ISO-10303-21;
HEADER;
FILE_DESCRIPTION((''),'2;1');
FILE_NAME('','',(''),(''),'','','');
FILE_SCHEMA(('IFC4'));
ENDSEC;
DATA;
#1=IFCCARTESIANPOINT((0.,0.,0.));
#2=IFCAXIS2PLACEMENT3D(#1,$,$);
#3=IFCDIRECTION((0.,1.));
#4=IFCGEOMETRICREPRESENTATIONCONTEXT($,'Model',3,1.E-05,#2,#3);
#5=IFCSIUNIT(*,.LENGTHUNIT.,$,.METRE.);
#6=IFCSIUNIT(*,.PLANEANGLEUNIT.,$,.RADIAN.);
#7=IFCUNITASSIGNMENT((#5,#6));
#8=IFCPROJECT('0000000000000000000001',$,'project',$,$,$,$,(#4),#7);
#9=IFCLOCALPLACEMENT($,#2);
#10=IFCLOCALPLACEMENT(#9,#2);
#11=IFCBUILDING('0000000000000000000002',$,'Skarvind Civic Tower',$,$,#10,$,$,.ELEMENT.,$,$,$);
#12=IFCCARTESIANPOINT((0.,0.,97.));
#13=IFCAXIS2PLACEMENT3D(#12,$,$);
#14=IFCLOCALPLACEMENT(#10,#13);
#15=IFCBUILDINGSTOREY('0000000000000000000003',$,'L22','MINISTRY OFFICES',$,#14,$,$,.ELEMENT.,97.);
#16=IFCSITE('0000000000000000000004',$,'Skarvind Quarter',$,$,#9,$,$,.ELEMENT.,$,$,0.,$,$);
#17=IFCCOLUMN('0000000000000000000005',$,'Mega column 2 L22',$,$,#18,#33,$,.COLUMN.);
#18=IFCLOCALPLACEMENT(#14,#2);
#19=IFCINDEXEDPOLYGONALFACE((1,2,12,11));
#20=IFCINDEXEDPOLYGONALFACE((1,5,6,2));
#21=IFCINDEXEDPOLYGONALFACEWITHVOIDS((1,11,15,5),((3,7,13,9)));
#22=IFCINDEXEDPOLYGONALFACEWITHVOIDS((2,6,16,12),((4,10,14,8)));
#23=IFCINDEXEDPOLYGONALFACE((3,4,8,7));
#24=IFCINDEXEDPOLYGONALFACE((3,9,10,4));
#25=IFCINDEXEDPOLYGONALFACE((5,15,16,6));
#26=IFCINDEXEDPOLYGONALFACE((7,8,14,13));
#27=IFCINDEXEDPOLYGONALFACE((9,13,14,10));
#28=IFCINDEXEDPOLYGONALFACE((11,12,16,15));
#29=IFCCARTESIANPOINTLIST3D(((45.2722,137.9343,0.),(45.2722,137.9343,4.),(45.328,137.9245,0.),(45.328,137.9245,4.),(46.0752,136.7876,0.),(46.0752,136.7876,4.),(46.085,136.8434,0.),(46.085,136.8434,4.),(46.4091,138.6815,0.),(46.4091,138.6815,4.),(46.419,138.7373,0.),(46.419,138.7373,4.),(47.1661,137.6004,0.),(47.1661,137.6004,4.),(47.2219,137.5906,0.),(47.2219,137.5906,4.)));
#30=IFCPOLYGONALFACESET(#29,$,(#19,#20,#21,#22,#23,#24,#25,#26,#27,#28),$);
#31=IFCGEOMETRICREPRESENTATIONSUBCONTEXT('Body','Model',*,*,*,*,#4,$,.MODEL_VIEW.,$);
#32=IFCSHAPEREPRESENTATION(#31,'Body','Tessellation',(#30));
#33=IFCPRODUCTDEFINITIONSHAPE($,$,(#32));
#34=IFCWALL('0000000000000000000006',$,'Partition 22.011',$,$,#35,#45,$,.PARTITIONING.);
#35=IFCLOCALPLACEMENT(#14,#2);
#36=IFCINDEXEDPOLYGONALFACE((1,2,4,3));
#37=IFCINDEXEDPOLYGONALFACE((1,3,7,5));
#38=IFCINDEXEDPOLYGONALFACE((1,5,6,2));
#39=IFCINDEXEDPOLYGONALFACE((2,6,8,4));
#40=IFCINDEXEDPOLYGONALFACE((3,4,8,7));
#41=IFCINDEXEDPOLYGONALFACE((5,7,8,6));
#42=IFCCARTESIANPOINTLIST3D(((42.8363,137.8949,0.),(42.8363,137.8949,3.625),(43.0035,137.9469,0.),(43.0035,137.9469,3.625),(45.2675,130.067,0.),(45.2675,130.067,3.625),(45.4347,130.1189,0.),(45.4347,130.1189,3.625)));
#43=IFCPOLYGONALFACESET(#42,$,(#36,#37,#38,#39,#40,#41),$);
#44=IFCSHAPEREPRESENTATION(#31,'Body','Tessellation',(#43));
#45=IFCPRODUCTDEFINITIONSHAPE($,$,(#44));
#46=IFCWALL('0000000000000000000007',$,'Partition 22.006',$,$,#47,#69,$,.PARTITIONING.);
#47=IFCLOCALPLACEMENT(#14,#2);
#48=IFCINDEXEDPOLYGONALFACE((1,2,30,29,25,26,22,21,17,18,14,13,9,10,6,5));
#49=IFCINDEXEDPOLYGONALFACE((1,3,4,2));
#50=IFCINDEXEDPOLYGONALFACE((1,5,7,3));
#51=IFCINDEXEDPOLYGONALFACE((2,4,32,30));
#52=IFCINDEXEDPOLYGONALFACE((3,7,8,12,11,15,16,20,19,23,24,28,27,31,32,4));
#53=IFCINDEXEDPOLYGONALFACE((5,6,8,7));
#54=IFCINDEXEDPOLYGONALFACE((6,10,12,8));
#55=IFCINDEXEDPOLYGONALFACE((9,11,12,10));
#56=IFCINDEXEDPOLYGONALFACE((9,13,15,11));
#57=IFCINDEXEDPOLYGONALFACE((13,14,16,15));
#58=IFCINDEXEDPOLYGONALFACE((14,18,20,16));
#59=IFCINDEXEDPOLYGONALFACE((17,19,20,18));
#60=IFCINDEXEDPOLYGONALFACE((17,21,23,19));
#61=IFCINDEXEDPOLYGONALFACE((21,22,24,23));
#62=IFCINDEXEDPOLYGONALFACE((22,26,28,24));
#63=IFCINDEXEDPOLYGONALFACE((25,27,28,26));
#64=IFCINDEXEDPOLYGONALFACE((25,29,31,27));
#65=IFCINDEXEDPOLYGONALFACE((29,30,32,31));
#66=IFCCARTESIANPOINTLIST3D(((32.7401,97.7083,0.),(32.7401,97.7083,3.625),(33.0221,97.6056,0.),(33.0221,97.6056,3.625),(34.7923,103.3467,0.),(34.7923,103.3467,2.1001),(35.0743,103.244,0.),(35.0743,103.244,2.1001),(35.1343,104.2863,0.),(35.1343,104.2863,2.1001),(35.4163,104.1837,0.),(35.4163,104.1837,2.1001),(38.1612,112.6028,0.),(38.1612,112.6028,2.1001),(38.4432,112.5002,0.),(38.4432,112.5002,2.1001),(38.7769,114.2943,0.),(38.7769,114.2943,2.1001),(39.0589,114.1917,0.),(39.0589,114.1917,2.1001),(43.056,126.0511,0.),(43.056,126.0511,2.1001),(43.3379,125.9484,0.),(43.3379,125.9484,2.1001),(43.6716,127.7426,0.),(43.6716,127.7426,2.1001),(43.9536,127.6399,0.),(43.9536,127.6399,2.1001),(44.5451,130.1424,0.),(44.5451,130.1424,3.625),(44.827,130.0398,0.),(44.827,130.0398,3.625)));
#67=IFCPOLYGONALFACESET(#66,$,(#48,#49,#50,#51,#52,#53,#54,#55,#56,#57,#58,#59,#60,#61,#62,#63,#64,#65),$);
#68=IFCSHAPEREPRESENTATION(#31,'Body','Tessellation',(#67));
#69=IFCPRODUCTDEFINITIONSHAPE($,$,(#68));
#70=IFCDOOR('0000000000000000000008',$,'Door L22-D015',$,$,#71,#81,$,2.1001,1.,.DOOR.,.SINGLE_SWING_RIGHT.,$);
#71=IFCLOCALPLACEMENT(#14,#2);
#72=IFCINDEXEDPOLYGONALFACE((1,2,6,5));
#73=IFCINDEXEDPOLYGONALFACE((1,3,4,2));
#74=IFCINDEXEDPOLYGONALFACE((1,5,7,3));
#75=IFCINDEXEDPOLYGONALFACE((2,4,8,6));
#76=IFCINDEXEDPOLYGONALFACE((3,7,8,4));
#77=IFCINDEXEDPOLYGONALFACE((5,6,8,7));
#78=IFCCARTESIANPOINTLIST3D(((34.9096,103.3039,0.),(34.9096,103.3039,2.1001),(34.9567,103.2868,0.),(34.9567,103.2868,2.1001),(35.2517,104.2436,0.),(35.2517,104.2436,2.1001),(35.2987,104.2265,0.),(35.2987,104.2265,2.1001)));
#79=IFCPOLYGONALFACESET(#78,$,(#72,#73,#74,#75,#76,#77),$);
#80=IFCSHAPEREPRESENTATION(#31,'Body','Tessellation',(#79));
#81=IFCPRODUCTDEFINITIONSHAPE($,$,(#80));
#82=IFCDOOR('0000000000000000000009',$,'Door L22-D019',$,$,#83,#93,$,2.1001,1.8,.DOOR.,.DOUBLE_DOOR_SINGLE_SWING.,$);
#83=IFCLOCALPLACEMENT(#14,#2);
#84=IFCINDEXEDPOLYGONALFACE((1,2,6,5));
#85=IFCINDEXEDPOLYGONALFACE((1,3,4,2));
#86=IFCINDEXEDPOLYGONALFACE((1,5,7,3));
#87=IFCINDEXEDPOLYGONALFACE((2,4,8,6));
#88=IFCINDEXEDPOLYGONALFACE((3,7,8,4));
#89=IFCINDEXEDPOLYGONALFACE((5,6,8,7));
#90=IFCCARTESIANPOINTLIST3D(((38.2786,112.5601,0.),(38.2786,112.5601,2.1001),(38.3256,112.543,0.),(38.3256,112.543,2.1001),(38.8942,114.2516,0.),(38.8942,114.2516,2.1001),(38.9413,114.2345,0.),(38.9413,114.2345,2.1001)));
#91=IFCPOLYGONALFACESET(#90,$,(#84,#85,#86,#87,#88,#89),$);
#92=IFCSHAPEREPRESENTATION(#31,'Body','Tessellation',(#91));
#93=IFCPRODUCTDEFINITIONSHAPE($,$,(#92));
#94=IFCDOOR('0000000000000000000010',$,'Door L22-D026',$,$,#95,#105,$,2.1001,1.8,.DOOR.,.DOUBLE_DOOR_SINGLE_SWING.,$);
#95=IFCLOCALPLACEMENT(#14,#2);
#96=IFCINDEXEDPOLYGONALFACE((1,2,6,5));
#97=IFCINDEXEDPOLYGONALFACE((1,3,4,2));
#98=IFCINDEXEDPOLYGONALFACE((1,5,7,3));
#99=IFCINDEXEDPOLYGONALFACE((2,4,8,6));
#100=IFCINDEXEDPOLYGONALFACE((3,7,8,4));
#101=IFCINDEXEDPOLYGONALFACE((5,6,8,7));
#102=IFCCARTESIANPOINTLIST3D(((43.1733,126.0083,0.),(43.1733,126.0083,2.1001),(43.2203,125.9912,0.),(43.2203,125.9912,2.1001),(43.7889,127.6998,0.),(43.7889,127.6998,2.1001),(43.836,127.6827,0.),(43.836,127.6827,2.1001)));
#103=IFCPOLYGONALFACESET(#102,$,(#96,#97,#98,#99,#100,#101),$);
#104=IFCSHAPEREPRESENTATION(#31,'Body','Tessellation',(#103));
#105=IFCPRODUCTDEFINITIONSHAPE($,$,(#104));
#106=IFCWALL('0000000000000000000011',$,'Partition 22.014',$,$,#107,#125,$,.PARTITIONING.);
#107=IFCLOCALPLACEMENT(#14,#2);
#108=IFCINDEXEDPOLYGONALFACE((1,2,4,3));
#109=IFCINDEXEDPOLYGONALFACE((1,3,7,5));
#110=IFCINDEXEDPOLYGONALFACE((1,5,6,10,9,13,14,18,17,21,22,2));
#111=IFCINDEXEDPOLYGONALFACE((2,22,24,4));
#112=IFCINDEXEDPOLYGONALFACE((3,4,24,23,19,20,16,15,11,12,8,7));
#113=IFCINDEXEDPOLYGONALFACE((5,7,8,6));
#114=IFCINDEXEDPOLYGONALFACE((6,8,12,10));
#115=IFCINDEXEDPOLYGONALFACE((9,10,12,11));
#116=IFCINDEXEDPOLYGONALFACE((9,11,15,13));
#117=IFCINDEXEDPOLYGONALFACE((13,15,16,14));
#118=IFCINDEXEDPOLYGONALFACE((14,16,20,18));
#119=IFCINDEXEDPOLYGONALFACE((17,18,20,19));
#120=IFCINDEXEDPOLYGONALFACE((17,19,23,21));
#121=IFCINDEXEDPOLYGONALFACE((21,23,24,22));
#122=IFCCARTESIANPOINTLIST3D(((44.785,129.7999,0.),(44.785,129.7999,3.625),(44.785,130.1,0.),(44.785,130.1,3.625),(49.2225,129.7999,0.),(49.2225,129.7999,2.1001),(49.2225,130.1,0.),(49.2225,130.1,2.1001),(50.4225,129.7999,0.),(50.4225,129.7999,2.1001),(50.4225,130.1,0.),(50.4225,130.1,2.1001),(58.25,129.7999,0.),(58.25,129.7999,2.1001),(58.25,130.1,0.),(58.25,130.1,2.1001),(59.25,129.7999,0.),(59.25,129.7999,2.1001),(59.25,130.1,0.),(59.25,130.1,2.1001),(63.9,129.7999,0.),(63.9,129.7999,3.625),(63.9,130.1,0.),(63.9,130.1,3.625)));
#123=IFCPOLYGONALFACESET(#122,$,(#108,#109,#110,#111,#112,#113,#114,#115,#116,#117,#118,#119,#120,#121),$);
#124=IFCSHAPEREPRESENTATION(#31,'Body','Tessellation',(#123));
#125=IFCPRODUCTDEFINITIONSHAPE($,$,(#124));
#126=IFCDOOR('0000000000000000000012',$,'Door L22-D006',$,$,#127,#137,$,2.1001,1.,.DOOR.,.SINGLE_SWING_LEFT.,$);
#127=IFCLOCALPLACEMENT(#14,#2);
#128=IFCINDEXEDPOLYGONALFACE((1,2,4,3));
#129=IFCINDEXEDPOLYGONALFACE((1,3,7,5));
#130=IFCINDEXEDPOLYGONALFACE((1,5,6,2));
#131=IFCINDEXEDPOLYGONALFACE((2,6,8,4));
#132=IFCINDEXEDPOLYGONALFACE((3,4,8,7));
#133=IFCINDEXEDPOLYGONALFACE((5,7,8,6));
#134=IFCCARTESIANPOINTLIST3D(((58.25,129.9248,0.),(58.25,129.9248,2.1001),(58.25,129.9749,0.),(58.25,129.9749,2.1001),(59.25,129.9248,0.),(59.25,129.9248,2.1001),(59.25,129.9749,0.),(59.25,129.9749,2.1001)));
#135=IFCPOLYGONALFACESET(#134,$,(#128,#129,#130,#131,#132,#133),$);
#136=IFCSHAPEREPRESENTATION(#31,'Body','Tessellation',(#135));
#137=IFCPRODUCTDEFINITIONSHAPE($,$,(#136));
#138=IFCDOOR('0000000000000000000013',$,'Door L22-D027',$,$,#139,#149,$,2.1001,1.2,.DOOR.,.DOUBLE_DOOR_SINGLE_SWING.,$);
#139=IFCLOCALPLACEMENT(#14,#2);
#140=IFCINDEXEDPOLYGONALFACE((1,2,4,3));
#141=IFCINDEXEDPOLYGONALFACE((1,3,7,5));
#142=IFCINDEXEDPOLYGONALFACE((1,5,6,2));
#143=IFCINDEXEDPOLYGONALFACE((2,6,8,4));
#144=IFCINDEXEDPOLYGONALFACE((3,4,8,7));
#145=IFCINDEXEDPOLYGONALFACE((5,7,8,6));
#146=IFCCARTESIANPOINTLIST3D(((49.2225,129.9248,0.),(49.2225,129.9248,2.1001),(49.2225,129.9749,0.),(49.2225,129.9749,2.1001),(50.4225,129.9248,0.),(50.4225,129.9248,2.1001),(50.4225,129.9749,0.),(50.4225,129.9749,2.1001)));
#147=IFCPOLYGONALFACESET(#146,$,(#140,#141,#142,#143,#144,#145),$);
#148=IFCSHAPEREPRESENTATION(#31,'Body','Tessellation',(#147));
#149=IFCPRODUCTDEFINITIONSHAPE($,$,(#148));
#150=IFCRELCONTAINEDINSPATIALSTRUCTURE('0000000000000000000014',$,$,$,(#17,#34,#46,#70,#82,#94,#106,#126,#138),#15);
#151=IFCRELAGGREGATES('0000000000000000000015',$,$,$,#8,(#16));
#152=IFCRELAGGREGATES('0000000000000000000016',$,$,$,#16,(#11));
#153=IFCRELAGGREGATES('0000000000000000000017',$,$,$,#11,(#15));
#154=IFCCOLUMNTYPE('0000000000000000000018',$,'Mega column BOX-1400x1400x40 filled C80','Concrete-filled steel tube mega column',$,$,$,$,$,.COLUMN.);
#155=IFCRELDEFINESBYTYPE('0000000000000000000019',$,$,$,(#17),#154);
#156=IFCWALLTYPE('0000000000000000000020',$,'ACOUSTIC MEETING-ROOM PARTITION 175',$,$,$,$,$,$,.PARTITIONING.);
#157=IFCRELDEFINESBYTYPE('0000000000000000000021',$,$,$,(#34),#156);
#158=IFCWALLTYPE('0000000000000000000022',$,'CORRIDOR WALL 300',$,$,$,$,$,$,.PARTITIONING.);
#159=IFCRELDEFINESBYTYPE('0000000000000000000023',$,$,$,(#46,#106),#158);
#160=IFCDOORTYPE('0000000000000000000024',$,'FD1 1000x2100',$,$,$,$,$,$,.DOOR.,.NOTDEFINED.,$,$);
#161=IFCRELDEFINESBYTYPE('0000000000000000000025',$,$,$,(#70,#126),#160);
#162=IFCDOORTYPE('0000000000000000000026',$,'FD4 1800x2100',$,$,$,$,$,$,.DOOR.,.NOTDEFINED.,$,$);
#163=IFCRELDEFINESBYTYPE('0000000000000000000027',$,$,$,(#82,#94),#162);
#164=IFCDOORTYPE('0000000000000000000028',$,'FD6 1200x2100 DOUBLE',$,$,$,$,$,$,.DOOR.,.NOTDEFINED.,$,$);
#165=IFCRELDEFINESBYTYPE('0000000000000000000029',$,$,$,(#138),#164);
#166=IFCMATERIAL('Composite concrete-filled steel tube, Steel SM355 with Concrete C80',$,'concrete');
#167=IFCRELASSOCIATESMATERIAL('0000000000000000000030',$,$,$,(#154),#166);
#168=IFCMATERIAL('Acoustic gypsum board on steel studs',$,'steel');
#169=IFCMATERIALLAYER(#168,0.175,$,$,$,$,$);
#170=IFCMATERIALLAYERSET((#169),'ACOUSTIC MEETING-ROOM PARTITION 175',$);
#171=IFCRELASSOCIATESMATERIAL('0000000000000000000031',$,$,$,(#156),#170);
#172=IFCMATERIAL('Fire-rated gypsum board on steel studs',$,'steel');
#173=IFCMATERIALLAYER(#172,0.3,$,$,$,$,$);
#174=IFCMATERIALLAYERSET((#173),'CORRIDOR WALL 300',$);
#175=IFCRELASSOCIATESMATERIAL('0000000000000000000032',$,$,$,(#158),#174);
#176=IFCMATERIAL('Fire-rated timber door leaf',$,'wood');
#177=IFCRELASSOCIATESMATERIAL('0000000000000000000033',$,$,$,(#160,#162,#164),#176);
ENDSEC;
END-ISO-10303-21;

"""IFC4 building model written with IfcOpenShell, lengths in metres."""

from ifc_helpers import new_model, si_unit, direction, frame, frame_2d, origin, origin_2d, place, context, subcontext, project, spatial, rectangle, hollow_rectangle, extrude, material, layer, layer_set, material_profile, profile_set, type_object, element, fill, save


model = new_model("IFC4")

# Units and contexts
model_context = context("Model", 3, precision=1e-05, world=origin(), true_north=direction((0.0, 1.0)))
body_context = subcontext(model_context, "Body", "Model", "MODEL_VIEW")
ifc_project = project(units=[si_unit("LENGTHUNIT", "METRE"), si_unit("PLANEANGLEUNIT", "RADIAN")], contexts=[model_context])

# Site, building, storey
site_placement = place(None, origin())
site = spatial("IfcSite", under=ifc_project, at=site_placement, Name="Skarvind Quarter", CompositionType="ELEMENT", RefElevation=0.0)
building_placement = place(site_placement, origin())
building = spatial("IfcBuilding", under=site, at=building_placement, Name="Skarvind Civic Tower", CompositionType="ELEMENT")
storey_placement = place(building_placement, frame((0.0, 0.0, 97.0)))
storey = spatial("IfcBuildingStorey", under=building, at=storey_placement, Name="L22", Description="MINISTRY OFFICES", CompositionType="ELEMENT", Elevation=97.0)

# Column
ifc_material_1 = material(Name="Composite concrete-filled steel tube, Steel SM355 with Concrete C80", Category="concrete")
ifc_material_profile = material_profile(ifc_material_1, hollow_rectangle(XDim=1.3999, YDim=1.3999, WallThickness=0.04, at=origin_2d()), Name="BOX-1400x1400x40")
ifc_profile_set = profile_set([ifc_material_profile], Name="Composite concrete-filled steel tube, Steel SM355 with Concrete C80")
column_type = type_object("IfcColumnType", Name="Mega column BOX-1400x1400x40 filled C80", Description="Concrete-filled steel tube mega column", PredefinedType="COLUMN", material=ifc_profile_set)
column_placement = place(storey_placement, frame((46.2471, 137.7625, 0.0), z_axis=(0.0, 0.0, 1.0), x_axis=(0.573576, -0.819152, 0.0)))
element("IfcColumn", 1, at=column_placement, inside=storey, type_object=column_type, Name="Mega column 2 L22", PredefinedType="COLUMN", context=body_context, shape_type="SweptSolid", body=[
    extrude(hollow_rectangle(XDim=1.3999, YDim=1.3999, WallThickness=0.04, at=origin_2d()), origin(), (0.0, 0.0, 1.0), 4.0),
])

# Wall
ifc_material_2 = material(Name="Acoustic gypsum board on steel studs", Category="steel")
ifc_layer_1 = layer(ifc_material_2, 0.175)
ifc_layer_set_1 = layer_set([ifc_layer_1], Name="ACOUSTIC MEETING-ROOM PARTITION 175")
wall_type_1 = type_object("IfcWallType", Name="ACOUSTIC MEETING-ROOM PARTITION 175", PredefinedType="PARTITIONING", material=ifc_layer_set_1)
wall_1_placement = place(storey_placement, frame((42.9199, 137.9209, 0.0), z_axis=(0.0, 0.0, 1.0), x_axis=(0.296601, -0.955002, 0.0)))
element("IfcWall", 2, at=wall_1_placement, inside=storey, type_object=wall_type_1, Name="Partition 22.011", PredefinedType="PARTITIONING", context=body_context, shape_type="SweptSolid", body=[
    extrude(rectangle(XDim=8.1968, YDim=0.175, at=frame_2d((4.0984, 0.0))), origin(), (0.0, 0.0, 1.0), 3.625),
])

# Walls, openings, doors
ifc_material_3 = material(Name="Fire-rated gypsum board on steel studs", Category="steel")
ifc_layer_2 = layer(ifc_material_3, 0.3)
ifc_layer_set_2 = layer_set([ifc_layer_2], Name="CORRIDOR WALL 300")
wall_type_2 = type_object("IfcWallType", Name="CORRIDOR WALL 300", PredefinedType="PARTITIONING", material=ifc_layer_set_2)
wall_2_placement = place(storey_placement, frame((44.686, 130.0911, 0.0), z_axis=(0.0, 0.0, 1.0), x_axis=(-0.342017, -0.939694, 0.0)))
wall_2 = element("IfcWall", 3, at=wall_2_placement, inside=storey, type_object=wall_type_2, Name="Partition 22.006", PredefinedType="PARTITIONING", context=body_context, shape_type="SweptSolid", body=[
    extrude(rectangle(XDim=34.5156, YDim=0.3, at=frame_2d((17.2578, 0.0))), origin(), (0.0, 0.0, 1.0), 3.625),
])
opening_1_placement = place(wall_2_placement, frame((27.5154, 0.0, 0.0)))
opening_1 = element("IfcOpeningElement", 4, at=opening_1_placement, cuts=wall_2, PredefinedType="OPENING", context=body_context, shape_type="SweptSolid", body=[
    extrude(rectangle(XDim=1.0, YDim=2.1001, at=frame_2d((0.5, 1.05))), frame((0.0, 0.1599, 0.0), z_axis=(0.0, -1.0, 0.0), x_axis=(1.0, 0.0, 0.0)), (0.0, 0.0, 1.0), 0.3201),
])
opening_2_placement = place(wall_2_placement, frame((16.8652, 0.0, 0.0)))
opening_2 = element("IfcOpeningElement", 5, at=opening_2_placement, cuts=wall_2, PredefinedType="OPENING", context=body_context, shape_type="SweptSolid", body=[
    extrude(rectangle(XDim=1.8, YDim=2.1001, at=frame_2d((0.8999, 1.05))), frame((0.0, 0.1599, 0.0), z_axis=(0.0, -1.0, 0.0), x_axis=(1.0, 0.0, 0.0)), (0.0, 0.0, 1.0), 0.3201),
])
opening_3_placement = place(wall_2_placement, frame((2.554, 0.0, 0.0)))
opening_3 = element("IfcOpeningElement", 6, at=opening_3_placement, cuts=wall_2, PredefinedType="OPENING", context=body_context, shape_type="SweptSolid", body=[
    extrude(rectangle(XDim=1.8, YDim=2.1001, at=frame_2d((0.8999, 1.05))), frame((0.0, 0.1599, 0.0), z_axis=(0.0, -1.0, 0.0), x_axis=(1.0, 0.0, 0.0)), (0.0, 0.0, 1.0), 0.3201),
])
ifc_material_4 = material(Name="Fire-rated timber door leaf", Category="wood")
door_type_1 = type_object("IfcDoorType", Name="FD1 1000x2100", OperationType="NOTDEFINED", PredefinedType="DOOR", material=ifc_material_4)
door_1_placement = place(opening_1_placement, origin())
door_1 = element("IfcDoor", 7, at=door_1_placement, inside=storey, type_object=door_type_1, Name="Door L22-D015", OperationType="SINGLE_SWING_RIGHT", OverallHeight=2.1001, OverallWidth=1.0, PredefinedType="DOOR", context=body_context, shape_type="SweptSolid", body=[
    extrude(rectangle(XDim=1.0, YDim=2.1001, at=frame_2d((0.5, 1.05))), frame((0.0, 0.0249, 0.0), z_axis=(0.0, -1.0, 0.0), x_axis=(1.0, 0.0, 0.0)), (0.0, 0.0, 1.0), 0.05),
])
fill(opening_1, door_1)
door_type_2 = type_object("IfcDoorType", Name="FD4 1800x2100", OperationType="NOTDEFINED", PredefinedType="DOOR", material=ifc_material_4)
door_2_placement = place(opening_2_placement, origin())
door_2 = element("IfcDoor", 8, at=door_2_placement, inside=storey, type_object=door_type_2, Name="Door L22-D019", OperationType="DOUBLE_DOOR_SINGLE_SWING", OverallHeight=2.1001, OverallWidth=1.8, PredefinedType="DOOR", context=body_context, shape_type="SweptSolid", body=[
    extrude(rectangle(XDim=1.8, YDim=2.1001, at=frame_2d((0.8999, 1.05))), frame((0.0, 0.0249, 0.0), z_axis=(0.0, -1.0, 0.0), x_axis=(1.0, 0.0, 0.0)), (0.0, 0.0, 1.0), 0.05),
])
fill(opening_2, door_2)
door_3_placement = place(opening_3_placement, origin())
door_3 = element("IfcDoor", 9, at=door_3_placement, inside=storey, type_object=door_type_2, Name="Door L22-D026", OperationType="DOUBLE_DOOR_SINGLE_SWING", OverallHeight=2.1001, OverallWidth=1.8, PredefinedType="DOOR", context=body_context, shape_type="SweptSolid", body=[
    extrude(rectangle(XDim=1.8, YDim=2.1001, at=frame_2d((0.8999, 1.05))), frame((0.0, 0.0249, 0.0), z_axis=(0.0, -1.0, 0.0), x_axis=(1.0, 0.0, 0.0)), (0.0, 0.0, 1.0), 0.05),
])
fill(opening_3, door_3)
wall_3_placement = place(storey_placement, frame((44.7849, 129.95, 0.0), z_axis=(0.0, 0.0, 1.0), x_axis=(1.0, 0.0, 0.0)))
wall_3 = element("IfcWall", 10, at=wall_3_placement, inside=storey, type_object=wall_type_2, Name="Partition 22.014", PredefinedType="PARTITIONING", context=body_context, shape_type="SweptSolid", body=[
    extrude(rectangle(XDim=19.115, YDim=0.3, at=frame_2d((9.5576, 0.0))), origin(), (0.0, 0.0, 1.0), 3.625),
])
opening_4_placement = place(wall_3_placement, frame((13.4651, 0.0, 0.0)))
opening_4 = element("IfcOpeningElement", 11, at=opening_4_placement, cuts=wall_3, PredefinedType="OPENING", context=body_context, shape_type="SweptSolid", body=[
    extrude(rectangle(XDim=1.0, YDim=2.1001, at=frame_2d((0.5, 1.05))), frame((0.0, 0.1599, 0.0), z_axis=(0.0, -1.0, 0.0), x_axis=(1.0, 0.0, 0.0)), (0.0, 0.0, 1.0), 0.3201),
])
opening_5_placement = place(wall_3_placement, frame((4.4375, 0.0, 0.0)))
opening_5 = element("IfcOpeningElement", 12, at=opening_5_placement, cuts=wall_3, PredefinedType="OPENING", context=body_context, shape_type="SweptSolid", body=[
    extrude(rectangle(XDim=1.2, YDim=2.1001, at=frame_2d((0.6001, 1.05))), frame((0.0, 0.1599, 0.0), z_axis=(0.0, -1.0, 0.0), x_axis=(1.0, 0.0, 0.0)), (0.0, 0.0, 1.0), 0.3201),
])
door_4_placement = place(opening_4_placement, origin())
door_4 = element("IfcDoor", 13, at=door_4_placement, inside=storey, type_object=door_type_1, Name="Door L22-D006", OperationType="SINGLE_SWING_LEFT", OverallHeight=2.1001, OverallWidth=1.0, PredefinedType="DOOR", context=body_context, shape_type="SweptSolid", body=[
    extrude(rectangle(XDim=1.0, YDim=2.1001, at=frame_2d((0.5, 1.05))), frame((0.0, 0.0249, 0.0), z_axis=(0.0, -1.0, 0.0), x_axis=(1.0, 0.0, 0.0)), (0.0, 0.0, 1.0), 0.05),
])
fill(opening_4, door_4)
door_type_3 = type_object("IfcDoorType", Name="FD6 1200x2100 DOUBLE", OperationType="NOTDEFINED", PredefinedType="DOOR", material=ifc_material_4)
door_5_placement = place(opening_5_placement, origin())
door_5 = element("IfcDoor", 14, at=door_5_placement, inside=storey, type_object=door_type_3, Name="Door L22-D027", OperationType="DOUBLE_DOOR_SINGLE_SWING", OverallHeight=2.1001, OverallWidth=1.2, PredefinedType="DOOR", context=body_context, shape_type="SweptSolid", body=[
    extrude(rectangle(XDim=1.2, YDim=2.1001, at=frame_2d((0.6001, 1.05))), frame((0.0, 0.0249, 0.0), z_axis=(0.0, -1.0, 0.0), x_axis=(1.0, 0.0, 0.0)), (0.0, 0.0, 1.0), 0.05),
])
fill(opening_5, door_5)

save(model, "model.ifc")
